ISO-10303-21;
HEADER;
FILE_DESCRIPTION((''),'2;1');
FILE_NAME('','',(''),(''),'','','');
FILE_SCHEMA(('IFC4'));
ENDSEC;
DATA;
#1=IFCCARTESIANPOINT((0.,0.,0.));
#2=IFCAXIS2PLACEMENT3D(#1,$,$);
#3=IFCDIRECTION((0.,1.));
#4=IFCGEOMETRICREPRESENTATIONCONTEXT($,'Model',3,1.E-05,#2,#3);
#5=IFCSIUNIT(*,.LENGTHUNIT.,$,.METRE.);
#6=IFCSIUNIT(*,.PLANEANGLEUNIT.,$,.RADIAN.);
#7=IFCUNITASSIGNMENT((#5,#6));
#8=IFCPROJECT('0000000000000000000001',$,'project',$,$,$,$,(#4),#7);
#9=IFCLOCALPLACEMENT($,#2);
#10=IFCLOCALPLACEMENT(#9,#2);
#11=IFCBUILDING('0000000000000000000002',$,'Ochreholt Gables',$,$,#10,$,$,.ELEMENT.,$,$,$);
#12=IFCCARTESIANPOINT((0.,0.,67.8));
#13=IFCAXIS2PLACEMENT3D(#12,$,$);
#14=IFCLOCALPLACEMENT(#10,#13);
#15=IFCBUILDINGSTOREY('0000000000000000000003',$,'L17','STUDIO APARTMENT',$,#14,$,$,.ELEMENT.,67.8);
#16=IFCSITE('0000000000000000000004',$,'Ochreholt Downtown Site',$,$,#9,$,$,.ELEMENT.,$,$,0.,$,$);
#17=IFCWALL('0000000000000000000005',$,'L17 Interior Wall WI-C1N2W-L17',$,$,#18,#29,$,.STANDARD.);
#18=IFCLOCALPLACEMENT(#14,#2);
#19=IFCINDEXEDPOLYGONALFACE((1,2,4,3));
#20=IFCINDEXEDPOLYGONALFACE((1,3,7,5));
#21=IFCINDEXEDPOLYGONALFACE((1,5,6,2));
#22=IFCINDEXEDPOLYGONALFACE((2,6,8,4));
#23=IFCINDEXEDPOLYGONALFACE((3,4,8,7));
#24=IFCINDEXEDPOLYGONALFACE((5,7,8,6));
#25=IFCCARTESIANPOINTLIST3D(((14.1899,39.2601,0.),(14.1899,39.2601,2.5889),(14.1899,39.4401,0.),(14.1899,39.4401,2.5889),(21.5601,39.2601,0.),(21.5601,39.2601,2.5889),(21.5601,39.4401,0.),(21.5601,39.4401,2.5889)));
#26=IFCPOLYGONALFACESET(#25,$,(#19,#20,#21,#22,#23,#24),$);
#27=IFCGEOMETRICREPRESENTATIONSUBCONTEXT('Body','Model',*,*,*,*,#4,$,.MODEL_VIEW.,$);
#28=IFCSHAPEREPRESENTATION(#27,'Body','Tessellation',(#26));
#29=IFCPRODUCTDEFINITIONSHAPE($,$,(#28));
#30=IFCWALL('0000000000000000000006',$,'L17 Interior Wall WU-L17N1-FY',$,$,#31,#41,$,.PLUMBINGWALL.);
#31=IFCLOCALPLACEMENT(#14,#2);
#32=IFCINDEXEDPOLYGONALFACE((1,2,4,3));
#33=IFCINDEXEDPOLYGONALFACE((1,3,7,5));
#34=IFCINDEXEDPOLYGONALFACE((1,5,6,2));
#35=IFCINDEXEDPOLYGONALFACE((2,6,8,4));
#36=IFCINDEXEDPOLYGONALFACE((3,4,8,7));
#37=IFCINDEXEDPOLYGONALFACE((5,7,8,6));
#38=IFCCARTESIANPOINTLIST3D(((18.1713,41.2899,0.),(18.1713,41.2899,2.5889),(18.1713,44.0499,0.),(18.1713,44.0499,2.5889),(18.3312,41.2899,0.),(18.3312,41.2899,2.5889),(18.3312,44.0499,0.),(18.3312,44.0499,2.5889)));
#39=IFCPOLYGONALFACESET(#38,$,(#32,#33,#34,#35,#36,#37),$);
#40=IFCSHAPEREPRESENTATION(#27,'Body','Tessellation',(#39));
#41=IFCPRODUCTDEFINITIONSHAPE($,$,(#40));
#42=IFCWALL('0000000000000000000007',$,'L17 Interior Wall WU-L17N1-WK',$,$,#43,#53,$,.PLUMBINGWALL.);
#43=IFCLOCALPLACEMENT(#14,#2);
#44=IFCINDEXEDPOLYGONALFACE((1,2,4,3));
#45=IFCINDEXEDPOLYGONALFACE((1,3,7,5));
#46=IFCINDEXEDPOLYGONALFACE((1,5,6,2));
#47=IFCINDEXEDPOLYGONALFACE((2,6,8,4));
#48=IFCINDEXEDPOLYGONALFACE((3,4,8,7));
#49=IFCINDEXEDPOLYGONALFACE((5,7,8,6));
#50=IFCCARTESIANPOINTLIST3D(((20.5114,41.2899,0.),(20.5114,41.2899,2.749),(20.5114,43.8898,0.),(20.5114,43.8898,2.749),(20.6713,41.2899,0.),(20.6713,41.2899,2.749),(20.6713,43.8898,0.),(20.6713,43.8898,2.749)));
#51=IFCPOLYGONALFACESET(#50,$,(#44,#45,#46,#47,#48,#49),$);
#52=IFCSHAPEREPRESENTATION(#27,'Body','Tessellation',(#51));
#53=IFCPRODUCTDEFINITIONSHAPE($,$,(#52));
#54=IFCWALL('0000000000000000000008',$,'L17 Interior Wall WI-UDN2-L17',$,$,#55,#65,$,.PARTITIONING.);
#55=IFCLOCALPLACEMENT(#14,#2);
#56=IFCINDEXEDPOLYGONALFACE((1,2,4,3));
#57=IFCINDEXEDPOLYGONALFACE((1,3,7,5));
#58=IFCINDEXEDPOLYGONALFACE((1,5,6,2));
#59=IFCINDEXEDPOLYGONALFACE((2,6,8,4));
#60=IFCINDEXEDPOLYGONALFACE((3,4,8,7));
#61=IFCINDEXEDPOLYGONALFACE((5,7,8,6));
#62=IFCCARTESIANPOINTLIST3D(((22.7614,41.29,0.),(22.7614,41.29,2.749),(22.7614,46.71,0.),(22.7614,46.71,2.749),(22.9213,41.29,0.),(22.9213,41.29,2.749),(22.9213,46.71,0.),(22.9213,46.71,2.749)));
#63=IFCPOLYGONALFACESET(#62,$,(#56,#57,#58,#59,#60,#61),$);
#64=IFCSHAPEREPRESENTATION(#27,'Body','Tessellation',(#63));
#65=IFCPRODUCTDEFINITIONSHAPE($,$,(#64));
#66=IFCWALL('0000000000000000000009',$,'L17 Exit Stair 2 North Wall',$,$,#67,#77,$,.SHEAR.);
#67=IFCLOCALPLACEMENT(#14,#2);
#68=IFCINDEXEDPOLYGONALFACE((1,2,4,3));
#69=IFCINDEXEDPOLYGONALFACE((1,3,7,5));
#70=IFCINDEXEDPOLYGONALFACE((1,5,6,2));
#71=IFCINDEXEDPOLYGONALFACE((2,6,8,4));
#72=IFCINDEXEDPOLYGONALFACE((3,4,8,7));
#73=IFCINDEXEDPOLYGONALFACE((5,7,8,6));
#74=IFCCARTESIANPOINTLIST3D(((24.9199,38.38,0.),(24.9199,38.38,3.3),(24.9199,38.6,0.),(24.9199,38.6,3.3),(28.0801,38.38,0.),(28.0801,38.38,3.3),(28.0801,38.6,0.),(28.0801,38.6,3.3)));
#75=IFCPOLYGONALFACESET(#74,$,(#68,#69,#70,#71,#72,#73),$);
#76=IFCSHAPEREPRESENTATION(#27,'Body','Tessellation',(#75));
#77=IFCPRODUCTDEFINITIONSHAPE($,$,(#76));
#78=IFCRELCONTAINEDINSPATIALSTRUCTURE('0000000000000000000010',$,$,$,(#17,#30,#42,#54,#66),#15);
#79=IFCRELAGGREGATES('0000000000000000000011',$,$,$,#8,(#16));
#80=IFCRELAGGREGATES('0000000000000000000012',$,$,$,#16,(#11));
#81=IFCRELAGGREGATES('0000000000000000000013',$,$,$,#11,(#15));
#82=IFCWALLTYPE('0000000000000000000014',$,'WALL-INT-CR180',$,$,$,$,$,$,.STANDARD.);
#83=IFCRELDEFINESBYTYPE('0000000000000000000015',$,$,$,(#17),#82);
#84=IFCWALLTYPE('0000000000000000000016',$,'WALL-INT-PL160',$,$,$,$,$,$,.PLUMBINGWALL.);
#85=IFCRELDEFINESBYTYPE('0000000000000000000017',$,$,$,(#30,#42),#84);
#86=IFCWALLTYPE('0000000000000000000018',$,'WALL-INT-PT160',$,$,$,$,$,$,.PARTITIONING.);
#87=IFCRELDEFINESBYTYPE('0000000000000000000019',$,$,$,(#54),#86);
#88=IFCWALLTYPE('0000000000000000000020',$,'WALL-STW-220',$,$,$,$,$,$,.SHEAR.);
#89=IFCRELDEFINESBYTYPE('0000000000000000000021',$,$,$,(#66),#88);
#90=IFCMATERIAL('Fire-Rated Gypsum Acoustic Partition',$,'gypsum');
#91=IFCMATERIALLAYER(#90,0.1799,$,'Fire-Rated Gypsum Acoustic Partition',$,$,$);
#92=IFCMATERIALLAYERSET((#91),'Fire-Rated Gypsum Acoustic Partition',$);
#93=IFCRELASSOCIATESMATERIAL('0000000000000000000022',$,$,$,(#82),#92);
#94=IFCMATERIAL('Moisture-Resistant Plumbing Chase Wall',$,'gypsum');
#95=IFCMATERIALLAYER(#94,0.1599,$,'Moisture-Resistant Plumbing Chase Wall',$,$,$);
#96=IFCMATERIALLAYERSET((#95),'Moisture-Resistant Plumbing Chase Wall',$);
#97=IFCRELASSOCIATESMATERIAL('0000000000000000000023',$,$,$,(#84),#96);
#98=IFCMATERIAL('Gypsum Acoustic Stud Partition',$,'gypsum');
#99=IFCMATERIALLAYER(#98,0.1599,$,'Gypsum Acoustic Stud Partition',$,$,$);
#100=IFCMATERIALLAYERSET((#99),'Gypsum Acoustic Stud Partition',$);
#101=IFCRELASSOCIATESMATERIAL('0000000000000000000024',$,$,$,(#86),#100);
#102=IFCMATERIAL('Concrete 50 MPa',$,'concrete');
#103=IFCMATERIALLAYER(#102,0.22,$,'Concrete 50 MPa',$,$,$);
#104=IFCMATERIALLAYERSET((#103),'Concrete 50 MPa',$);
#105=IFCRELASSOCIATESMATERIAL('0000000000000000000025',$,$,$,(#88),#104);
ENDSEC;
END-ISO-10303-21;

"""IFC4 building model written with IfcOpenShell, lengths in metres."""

from ifc_helpers import new_model, si_unit, direction, frame, frame_2d, origin, place, context, subcontext, project, spatial, rectangle, extrude, material, layer, layer_set, type_object, element, save


model = new_model("IFC4")

# Units and contexts
model_context = context("Model", 3, precision=1e-05, world=origin(), true_north=direction((0.0, 1.0)))
body_context = subcontext(model_context, "Body", "Model", "MODEL_VIEW")
ifc_project = project(units=[si_unit("LENGTHUNIT", "METRE"), si_unit("PLANEANGLEUNIT", "RADIAN")], contexts=[model_context])

# Site, building, storey
site_placement = place(None, origin())
site = spatial("IfcSite", under=ifc_project, at=site_placement, Name="Ochreholt Downtown Site", CompositionType="ELEMENT", RefElevation=0.0)
building_placement = place(site_placement, origin())
building = spatial("IfcBuilding", under=site, at=building_placement, Name="Ochreholt Gables", CompositionType="ELEMENT")
storey_placement = place(building_placement, frame((0.0, 0.0, 67.8)))
storey = spatial("IfcBuildingStorey", under=building, at=storey_placement, Name="L17", Description="STUDIO APARTMENT", CompositionType="ELEMENT", Elevation=67.8)

# Wall
ifc_material_1 = material(Name="Fire-Rated Gypsum Acoustic Partition", Category="gypsum")
ifc_layer_1 = layer(ifc_material_1, 0.1799, Name="Fire-Rated Gypsum Acoustic Partition")
ifc_layer_set_1 = layer_set([ifc_layer_1], Name="Fire-Rated Gypsum Acoustic Partition")
wall_type_1 = type_object("IfcWallType", Name="WALL-INT-CR180", PredefinedType="STANDARD", material=ifc_layer_set_1)
wall_1_placement = place(storey_placement, frame((14.1899, 39.3501, 0.0), z_axis=(0.0, 0.0, 1.0), x_axis=(1.0, 0.0, 0.0)))
element("IfcWall", 1, at=wall_1_placement, inside=storey, type_object=wall_type_1, Name="L17 Interior Wall WI-C1N2W-L17", PredefinedType="STANDARD", context=body_context, shape_type="SweptSolid", body=[
    extrude(rectangle(XDim=7.3701, YDim=0.1799, at=frame_2d((3.6851, 0.0))), origin(), (0.0, 0.0, 1.0), 2.5889),
])

# Shared definitions
ifc_material_2 = material(Name="Moisture-Resistant Plumbing Chase Wall", Category="gypsum")
ifc_layer_2 = layer(ifc_material_2, 0.1599, Name="Moisture-Resistant Plumbing Chase Wall")
ifc_layer_set_2 = layer_set([ifc_layer_2], Name="Moisture-Resistant Plumbing Chase Wall")
wall_type_2 = type_object("IfcWallType", Name="WALL-INT-PL160", PredefinedType="PLUMBINGWALL", material=ifc_layer_set_2)

# Walls
wall_2_placement = place(storey_placement, frame((18.2512, 41.29, 0.0), z_axis=(0.0, 0.0, 1.0), x_axis=(0.0, 1.0, 0.0)))
element("IfcWall", 2, at=wall_2_placement, inside=storey, type_object=wall_type_2, Name="L17 Interior Wall WU-L17N1-FY", PredefinedType="PLUMBINGWALL", context=body_context, shape_type="SweptSolid", body=[
    extrude(rectangle(XDim=2.76, YDim=0.1599, at=frame_2d((1.3799, 0.0))), origin(), (0.0, 0.0, 1.0), 2.5889),
])
wall_3_placement = place(storey_placement, frame((20.5913, 41.29, 0.0), z_axis=(0.0, 0.0, 1.0), x_axis=(0.0, 1.0, 0.0)))
element("IfcWall", 3, at=wall_3_placement, inside=storey, type_object=wall_type_2, Name="L17 Interior Wall WU-L17N1-WK", PredefinedType="PLUMBINGWALL", context=body_context, shape_type="SweptSolid", body=[
    extrude(rectangle(XDim=2.5999, YDim=0.1599, at=frame_2d((1.2998, 0.0))), origin(), (0.0, 0.0, 1.0), 2.749),
])
ifc_material_3 = material(Name="Gypsum Acoustic Stud Partition", Category="gypsum")
ifc_layer_3 = layer(ifc_material_3, 0.1599, Name="Gypsum Acoustic Stud Partition")
ifc_layer_set_3 = layer_set([ifc_layer_3], Name="Gypsum Acoustic Stud Partition")
wall_type_3 = type_object("IfcWallType", Name="WALL-INT-PT160", PredefinedType="PARTITIONING", material=ifc_layer_set_3)
wall_4_placement = place(storey_placement, frame((22.8413, 41.29, 0.0), z_axis=(0.0, 0.0, 1.0), x_axis=(0.0, 1.0, 0.0)))
element("IfcWall", 4, at=wall_4_placement, inside=storey, type_object=wall_type_3, Name="L17 Interior Wall WI-UDN2-L17", PredefinedType="PARTITIONING", context=body_context, shape_type="SweptSolid", body=[
    extrude(rectangle(XDim=5.4199, YDim=0.1599, at=frame_2d((2.71, 0.0))), origin(), (0.0, 0.0, 1.0), 2.749),
])
ifc_material_4 = material(Name="Concrete 50 MPa", Category="concrete")
ifc_layer_4 = layer(ifc_material_4, 0.22, Name="Concrete 50 MPa")
ifc_layer_set_4 = layer_set([ifc_layer_4], Name="Concrete 50 MPa")
wall_type_4 = type_object("IfcWallType", Name="WALL-STW-220", PredefinedType="SHEAR", material=ifc_layer_set_4)
wall_5_placement = place(storey_placement, frame((24.9199, 38.49, 0.0), z_axis=(0.0, 0.0, 1.0), x_axis=(1.0, 0.0, 0.0)))
element("IfcWall", 5, at=wall_5_placement, inside=storey, type_object=wall_type_4, Name="L17 Exit Stair 2 North Wall", PredefinedType="SHEAR", context=body_context, shape_type="SweptSolid", body=[
    extrude(rectangle(XDim=3.1602, YDim=0.22, at=frame_2d((1.5801, 0.0))), origin(), (0.0, 0.0, 1.0), 3.3),
])

save(model, "model.ifc")
